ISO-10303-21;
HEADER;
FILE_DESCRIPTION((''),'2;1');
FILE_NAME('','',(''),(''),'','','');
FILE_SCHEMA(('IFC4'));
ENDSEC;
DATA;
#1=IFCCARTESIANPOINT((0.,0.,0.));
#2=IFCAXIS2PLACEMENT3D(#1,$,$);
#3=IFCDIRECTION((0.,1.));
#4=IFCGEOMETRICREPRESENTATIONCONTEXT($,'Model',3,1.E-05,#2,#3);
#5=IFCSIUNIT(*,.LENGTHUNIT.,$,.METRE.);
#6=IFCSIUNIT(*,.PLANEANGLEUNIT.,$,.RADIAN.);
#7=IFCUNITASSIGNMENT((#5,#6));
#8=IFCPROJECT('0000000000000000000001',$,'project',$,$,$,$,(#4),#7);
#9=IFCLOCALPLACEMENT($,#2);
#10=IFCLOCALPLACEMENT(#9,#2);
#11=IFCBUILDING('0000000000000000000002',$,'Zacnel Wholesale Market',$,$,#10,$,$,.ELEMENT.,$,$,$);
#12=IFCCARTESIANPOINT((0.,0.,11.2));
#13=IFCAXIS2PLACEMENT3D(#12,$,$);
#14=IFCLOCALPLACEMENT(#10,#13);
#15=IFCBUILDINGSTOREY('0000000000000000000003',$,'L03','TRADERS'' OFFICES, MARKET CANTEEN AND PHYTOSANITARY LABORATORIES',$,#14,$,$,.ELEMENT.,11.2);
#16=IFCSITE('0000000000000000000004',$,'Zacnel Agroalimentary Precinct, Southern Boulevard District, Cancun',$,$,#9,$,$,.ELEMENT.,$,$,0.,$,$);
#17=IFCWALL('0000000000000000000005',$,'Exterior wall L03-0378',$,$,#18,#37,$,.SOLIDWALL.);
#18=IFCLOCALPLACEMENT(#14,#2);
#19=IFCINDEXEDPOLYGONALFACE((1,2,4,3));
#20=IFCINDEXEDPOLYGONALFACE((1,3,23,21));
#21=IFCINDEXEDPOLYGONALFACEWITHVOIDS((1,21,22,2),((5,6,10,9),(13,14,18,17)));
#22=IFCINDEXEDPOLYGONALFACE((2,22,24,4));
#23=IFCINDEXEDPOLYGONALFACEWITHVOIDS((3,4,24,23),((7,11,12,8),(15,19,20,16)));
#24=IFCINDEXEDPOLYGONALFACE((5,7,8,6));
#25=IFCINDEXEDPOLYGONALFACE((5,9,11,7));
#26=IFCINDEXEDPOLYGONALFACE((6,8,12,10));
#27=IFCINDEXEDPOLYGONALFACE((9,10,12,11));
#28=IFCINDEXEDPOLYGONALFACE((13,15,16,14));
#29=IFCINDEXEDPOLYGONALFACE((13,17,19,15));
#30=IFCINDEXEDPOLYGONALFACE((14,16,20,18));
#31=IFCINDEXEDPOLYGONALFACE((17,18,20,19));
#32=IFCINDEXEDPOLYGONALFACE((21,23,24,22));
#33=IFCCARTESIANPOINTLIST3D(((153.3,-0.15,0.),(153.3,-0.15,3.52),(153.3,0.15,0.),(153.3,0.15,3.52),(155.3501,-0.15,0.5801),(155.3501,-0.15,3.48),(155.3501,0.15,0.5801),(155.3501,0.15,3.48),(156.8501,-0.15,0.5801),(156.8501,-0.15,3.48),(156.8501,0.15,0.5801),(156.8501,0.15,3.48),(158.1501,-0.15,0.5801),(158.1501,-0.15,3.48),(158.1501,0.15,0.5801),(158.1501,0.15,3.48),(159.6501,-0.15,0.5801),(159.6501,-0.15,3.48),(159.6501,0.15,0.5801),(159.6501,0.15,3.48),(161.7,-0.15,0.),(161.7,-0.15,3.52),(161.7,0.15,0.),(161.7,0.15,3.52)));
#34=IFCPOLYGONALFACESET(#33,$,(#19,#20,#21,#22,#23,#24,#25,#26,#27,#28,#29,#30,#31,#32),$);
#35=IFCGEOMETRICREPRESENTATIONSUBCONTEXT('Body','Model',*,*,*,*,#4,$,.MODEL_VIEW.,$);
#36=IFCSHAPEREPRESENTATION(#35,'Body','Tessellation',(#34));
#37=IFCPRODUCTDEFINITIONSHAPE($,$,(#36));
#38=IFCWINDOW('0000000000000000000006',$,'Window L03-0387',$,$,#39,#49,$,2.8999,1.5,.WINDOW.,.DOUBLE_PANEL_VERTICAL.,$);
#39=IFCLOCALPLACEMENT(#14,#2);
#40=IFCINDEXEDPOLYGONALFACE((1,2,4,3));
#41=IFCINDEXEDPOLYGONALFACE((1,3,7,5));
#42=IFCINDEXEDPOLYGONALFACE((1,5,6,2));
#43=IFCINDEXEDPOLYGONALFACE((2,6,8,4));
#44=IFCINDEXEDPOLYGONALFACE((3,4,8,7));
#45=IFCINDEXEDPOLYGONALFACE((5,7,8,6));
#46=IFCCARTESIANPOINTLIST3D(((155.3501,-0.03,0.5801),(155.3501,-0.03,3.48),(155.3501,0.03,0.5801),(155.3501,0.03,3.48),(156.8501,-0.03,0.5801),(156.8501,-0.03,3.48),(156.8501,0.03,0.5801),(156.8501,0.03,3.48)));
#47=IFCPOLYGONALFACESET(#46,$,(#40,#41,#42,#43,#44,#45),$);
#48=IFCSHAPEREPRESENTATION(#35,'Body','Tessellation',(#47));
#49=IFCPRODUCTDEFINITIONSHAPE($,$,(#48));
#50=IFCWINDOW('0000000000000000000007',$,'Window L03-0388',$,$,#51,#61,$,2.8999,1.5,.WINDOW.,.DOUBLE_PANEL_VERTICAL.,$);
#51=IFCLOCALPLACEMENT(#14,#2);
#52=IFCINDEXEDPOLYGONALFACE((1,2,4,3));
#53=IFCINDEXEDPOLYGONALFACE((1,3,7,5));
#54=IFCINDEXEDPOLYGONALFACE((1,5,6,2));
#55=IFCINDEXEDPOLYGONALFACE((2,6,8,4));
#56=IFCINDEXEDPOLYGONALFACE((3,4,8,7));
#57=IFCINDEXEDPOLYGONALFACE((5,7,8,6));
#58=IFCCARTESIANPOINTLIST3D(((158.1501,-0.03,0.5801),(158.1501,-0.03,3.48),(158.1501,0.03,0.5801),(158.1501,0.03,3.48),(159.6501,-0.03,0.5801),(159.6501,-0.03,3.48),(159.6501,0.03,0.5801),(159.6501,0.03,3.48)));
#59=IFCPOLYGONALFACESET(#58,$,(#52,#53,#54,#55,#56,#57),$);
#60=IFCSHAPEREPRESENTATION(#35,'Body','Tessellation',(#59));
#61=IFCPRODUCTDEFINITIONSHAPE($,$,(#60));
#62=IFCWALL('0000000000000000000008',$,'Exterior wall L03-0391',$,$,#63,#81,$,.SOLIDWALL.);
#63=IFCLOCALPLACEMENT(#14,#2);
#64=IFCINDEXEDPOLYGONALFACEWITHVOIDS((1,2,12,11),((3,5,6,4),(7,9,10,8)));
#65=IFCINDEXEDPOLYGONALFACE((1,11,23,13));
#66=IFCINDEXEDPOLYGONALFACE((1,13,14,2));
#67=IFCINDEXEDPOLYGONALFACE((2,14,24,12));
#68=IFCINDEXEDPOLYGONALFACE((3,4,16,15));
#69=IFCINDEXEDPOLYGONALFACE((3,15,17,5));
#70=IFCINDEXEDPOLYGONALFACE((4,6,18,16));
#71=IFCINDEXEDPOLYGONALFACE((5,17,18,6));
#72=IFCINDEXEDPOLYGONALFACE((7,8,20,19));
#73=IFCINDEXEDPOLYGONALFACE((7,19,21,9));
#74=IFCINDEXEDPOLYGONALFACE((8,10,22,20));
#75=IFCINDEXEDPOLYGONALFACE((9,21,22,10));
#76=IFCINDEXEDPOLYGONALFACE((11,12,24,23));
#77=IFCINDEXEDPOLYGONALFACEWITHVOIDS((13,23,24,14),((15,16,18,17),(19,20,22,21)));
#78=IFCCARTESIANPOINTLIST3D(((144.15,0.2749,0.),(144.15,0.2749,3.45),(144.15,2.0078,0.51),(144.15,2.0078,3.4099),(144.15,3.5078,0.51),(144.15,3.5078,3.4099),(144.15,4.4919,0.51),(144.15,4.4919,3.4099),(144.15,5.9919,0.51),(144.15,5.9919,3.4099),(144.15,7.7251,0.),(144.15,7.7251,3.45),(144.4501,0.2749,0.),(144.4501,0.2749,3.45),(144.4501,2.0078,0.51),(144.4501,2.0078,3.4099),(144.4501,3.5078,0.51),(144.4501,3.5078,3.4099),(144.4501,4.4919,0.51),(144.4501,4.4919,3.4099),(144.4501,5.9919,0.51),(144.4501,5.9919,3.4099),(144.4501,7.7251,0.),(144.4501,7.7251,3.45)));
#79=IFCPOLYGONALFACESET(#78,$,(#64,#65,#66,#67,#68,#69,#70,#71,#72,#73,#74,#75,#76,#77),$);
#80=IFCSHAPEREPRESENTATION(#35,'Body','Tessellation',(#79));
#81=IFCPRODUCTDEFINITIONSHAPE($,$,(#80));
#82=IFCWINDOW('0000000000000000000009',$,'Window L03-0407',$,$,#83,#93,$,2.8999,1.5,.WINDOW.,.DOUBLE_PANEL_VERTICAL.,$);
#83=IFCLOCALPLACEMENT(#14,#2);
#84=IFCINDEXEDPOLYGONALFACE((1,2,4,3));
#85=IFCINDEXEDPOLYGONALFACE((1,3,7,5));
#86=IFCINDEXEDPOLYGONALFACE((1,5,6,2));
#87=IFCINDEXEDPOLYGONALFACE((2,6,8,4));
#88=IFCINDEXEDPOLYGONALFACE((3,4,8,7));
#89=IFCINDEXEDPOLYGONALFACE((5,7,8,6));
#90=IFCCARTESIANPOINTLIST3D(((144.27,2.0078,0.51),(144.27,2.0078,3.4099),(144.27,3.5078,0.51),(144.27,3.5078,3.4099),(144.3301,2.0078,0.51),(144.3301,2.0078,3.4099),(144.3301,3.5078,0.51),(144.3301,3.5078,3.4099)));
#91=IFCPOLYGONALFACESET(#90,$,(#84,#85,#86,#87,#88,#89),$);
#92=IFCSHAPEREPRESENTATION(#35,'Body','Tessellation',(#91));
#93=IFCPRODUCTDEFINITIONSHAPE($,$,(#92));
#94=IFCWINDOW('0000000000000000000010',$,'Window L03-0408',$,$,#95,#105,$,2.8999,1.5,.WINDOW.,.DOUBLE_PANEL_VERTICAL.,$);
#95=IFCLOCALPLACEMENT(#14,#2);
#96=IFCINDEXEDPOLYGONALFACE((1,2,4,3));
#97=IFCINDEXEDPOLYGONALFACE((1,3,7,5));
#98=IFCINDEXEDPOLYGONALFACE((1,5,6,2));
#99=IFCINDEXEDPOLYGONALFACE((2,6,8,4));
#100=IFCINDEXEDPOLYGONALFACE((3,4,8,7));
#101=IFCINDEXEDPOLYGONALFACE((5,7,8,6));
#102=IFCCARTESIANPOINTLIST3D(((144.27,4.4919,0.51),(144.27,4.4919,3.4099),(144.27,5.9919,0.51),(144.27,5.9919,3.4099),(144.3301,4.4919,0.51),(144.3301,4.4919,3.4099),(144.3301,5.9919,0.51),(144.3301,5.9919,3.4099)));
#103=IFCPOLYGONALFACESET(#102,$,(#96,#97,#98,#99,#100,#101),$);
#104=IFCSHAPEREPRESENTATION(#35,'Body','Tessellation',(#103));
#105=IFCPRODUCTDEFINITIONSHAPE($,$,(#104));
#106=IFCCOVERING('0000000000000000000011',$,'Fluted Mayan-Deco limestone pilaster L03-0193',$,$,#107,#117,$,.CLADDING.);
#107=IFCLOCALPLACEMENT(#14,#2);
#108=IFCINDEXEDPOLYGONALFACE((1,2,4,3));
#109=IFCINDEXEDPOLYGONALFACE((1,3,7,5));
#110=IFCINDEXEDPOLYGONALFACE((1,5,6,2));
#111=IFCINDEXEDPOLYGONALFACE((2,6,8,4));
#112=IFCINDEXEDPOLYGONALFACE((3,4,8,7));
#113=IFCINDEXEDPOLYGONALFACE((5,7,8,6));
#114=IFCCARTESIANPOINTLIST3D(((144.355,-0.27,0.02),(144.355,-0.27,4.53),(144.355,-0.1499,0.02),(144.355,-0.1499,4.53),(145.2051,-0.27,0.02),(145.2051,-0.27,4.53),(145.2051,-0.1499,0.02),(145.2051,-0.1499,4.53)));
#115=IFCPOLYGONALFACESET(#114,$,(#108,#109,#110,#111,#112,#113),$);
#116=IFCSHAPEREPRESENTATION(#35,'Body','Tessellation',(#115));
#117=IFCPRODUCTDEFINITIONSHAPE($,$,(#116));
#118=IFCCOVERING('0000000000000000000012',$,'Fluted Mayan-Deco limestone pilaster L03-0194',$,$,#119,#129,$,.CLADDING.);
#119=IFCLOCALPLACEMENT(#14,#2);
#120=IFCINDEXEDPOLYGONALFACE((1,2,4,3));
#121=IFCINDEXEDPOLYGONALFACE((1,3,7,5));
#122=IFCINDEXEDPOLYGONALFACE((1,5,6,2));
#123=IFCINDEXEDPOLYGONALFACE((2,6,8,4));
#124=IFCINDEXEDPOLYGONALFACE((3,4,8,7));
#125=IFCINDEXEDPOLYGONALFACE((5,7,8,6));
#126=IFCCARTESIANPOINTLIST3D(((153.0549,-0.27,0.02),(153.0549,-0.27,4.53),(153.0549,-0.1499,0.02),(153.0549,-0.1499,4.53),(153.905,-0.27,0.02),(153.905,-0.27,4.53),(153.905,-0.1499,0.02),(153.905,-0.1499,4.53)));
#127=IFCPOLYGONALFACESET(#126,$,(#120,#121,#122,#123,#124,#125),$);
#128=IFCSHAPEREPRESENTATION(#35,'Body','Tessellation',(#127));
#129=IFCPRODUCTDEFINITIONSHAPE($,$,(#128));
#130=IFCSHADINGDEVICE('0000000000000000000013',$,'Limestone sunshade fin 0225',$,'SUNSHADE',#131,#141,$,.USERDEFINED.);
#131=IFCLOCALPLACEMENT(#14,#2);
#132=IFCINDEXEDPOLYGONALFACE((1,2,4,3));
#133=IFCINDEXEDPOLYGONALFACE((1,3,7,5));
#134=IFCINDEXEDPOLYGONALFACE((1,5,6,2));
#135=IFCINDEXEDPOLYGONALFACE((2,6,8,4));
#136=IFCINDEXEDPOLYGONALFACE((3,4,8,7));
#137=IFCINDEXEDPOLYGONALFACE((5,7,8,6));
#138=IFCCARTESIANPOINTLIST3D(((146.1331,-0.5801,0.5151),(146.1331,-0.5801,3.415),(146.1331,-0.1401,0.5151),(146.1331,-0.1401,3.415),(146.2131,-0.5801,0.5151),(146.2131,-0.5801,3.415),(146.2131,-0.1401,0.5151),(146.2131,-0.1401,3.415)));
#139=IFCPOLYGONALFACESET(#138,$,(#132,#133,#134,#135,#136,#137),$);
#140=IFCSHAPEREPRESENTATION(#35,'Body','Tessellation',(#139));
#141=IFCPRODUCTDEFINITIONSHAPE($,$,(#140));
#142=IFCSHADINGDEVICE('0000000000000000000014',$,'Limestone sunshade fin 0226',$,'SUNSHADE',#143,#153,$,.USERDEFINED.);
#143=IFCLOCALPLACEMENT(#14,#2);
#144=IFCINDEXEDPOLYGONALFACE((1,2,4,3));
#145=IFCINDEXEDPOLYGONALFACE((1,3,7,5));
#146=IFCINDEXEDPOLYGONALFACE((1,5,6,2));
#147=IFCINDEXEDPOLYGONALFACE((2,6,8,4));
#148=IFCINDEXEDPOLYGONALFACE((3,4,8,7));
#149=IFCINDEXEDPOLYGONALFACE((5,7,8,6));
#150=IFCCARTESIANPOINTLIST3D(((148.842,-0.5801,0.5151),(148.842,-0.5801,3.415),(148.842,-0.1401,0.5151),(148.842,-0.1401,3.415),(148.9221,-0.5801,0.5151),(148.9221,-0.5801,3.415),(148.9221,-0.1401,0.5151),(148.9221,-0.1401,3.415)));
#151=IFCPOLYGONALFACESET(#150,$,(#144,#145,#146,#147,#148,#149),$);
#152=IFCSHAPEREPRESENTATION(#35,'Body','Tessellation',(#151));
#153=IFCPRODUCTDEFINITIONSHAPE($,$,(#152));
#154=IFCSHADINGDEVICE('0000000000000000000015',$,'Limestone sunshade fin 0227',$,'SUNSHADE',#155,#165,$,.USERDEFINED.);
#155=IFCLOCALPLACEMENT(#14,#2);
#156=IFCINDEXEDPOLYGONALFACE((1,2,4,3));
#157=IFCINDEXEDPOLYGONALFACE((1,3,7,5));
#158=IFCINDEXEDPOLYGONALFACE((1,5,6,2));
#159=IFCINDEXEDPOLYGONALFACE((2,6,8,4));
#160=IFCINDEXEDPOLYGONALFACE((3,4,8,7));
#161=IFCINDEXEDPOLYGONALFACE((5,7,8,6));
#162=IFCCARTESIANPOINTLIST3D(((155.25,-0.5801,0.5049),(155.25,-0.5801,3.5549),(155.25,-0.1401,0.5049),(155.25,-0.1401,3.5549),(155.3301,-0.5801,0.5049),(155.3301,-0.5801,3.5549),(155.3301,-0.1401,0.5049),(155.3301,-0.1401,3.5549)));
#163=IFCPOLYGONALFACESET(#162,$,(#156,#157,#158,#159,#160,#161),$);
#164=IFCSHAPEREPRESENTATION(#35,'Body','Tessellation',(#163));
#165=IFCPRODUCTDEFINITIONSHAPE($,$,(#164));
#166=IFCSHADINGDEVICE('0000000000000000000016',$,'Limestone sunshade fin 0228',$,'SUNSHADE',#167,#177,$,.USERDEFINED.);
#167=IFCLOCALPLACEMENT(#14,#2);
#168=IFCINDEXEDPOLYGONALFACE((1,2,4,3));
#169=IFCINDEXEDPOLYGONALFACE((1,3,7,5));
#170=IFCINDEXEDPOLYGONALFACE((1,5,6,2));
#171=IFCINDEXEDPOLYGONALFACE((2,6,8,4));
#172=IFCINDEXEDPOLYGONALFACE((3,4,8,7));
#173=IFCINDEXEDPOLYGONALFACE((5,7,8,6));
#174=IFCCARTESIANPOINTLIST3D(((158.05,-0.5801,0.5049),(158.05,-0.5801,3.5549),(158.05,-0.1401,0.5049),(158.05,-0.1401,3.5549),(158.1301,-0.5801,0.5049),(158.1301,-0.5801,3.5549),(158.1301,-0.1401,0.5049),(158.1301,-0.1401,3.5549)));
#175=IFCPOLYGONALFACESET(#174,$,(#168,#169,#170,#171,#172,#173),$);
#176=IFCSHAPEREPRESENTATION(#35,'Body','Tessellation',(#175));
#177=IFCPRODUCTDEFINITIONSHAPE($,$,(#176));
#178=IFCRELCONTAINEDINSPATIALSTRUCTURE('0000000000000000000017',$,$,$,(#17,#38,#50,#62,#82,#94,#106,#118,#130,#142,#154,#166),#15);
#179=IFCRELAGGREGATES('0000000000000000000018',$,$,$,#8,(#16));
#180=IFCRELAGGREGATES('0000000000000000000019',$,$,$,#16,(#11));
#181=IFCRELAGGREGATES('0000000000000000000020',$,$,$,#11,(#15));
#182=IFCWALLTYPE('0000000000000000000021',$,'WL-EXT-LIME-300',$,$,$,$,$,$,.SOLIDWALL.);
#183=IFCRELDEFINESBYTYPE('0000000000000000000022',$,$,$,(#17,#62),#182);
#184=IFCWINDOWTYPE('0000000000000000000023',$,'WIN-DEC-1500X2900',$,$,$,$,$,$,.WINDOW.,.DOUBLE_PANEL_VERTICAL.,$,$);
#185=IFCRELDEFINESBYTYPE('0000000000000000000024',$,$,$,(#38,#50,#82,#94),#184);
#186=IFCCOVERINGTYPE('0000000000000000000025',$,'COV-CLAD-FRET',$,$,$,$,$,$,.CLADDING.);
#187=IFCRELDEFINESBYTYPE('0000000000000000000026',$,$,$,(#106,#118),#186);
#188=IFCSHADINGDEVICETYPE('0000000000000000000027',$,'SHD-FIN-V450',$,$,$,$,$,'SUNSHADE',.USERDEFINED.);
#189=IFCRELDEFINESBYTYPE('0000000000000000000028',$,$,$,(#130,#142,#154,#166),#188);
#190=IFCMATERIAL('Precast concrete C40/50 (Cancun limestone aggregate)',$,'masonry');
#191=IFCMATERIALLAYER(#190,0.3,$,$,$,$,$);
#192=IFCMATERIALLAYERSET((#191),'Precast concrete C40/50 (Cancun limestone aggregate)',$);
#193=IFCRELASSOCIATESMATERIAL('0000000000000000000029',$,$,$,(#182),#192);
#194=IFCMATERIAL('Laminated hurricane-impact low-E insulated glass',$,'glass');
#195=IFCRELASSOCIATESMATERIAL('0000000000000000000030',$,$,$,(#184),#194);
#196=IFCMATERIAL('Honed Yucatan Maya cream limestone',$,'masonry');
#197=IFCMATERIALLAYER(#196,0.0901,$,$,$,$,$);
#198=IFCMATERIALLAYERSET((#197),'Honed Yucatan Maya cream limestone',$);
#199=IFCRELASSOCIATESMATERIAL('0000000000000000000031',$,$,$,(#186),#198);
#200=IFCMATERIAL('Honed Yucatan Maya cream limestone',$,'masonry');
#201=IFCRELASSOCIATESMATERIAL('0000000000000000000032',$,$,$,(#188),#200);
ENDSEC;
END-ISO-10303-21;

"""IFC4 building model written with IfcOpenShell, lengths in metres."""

from ifc_helpers import new_model, si_unit, direction, frame, frame_2d, origin, origin_2d, place, context, subcontext, project, spatial, rectangle, extrude, material, layer, layer_set, type_object, element, fill, save


model = new_model("IFC4")

# Units and contexts
model_context = context("Model", 3, precision=1e-05, world=origin(), true_north=direction((0.0, 1.0)))
body_context = subcontext(model_context, "Body", "Model", "MODEL_VIEW")
ifc_project = project(units=[si_unit("LENGTHUNIT", "METRE"), si_unit("PLANEANGLEUNIT", "RADIAN")], contexts=[model_context])

# Site, building, storey
site_placement = place(None, origin())
site = spatial("IfcSite", under=ifc_project, at=site_placement, Name="Zacnel Agroalimentary Precinct, Southern Boulevard District, Cancun", CompositionType="ELEMENT", RefElevation=0.0)
building_placement = place(site_placement, origin())
building = spatial("IfcBuilding", under=site, at=building_placement, Name="Zacnel Wholesale Market", CompositionType="ELEMENT")
storey_placement = place(building_placement, frame((0.0, 0.0, 11.2)))
storey = spatial("IfcBuildingStorey", under=building, at=storey_placement, Name="L03", Description="TRADERS' OFFICES, MARKET CANTEEN AND PHYTOSANITARY LABORATORIES", CompositionType="ELEMENT", Elevation=11.2)

# Walls, openings, windows
ifc_material_1 = material(Name="Precast concrete C40/50 (Cancun limestone aggregate)", Category="masonry")
ifc_layer_1 = layer(ifc_material_1, 0.3)
ifc_layer_set_1 = layer_set([ifc_layer_1], Name="Precast concrete C40/50 (Cancun limestone aggregate)")
wall_type = type_object("IfcWallType", Name="WL-EXT-LIME-300", PredefinedType="SOLIDWALL", material=ifc_layer_set_1)
wall_1_placement = place(storey_placement, frame((153.3, 0.0, 0.0), z_axis=(0.0, 0.0, 1.0), x_axis=(1.0, 0.0, 0.0)))
wall_1 = element("IfcWall", 1, at=wall_1_placement, inside=storey, type_object=wall_type, Name="Exterior wall L03-0378", PredefinedType="SOLIDWALL", context=body_context, shape_type="SweptSolid", body=[
    extrude(rectangle(XDim=8.3999, YDim=0.3, at=frame_2d((4.2, 0.0))), origin(), (0.0, 0.0, 1.0), 3.52),
])
opening_1_placement = place(wall_1_placement, frame((2.05, 0.0, 0.5801)))
opening_1 = element("IfcOpeningElement", 2, at=opening_1_placement, cuts=wall_1, PredefinedType="OPENING", context=body_context, shape_type="SweptSolid", body=[
    extrude(rectangle(XDim=1.5, YDim=2.8999, at=frame_2d((0.75, 1.45))), frame((0.0, 0.1599, 0.0), z_axis=(0.0, -1.0, 0.0), x_axis=(1.0, 0.0, 0.0)), (0.0, 0.0, 1.0), 0.3201),
])
opening_2_placement = place(wall_1_placement, frame((4.8501, 0.0, 0.5801)))
opening_2 = element("IfcOpeningElement", 3, at=opening_2_placement, cuts=wall_1, PredefinedType="OPENING", context=body_context, shape_type="SweptSolid", body=[
    extrude(rectangle(XDim=1.5, YDim=2.8999, at=frame_2d((0.75, 1.45))), frame((0.0, 0.1599, 0.0), z_axis=(0.0, -1.0, 0.0), x_axis=(1.0, 0.0, 0.0)), (0.0, 0.0, 1.0), 0.3201),
])
ifc_material_2 = material(Name="Laminated hurricane-impact low-E insulated glass", Category="glass")
window_type_1 = type_object("IfcWindowType", Name="WIN-DEC-1500X2900", PartitioningType="DOUBLE_PANEL_VERTICAL", PredefinedType="WINDOW", material=ifc_material_2)
window_1_placement = place(opening_1_placement, origin())
window_1 = element("IfcWindow", 4, at=window_1_placement, inside=storey, type_object=window_type_1, Name="Window L03-0387", OverallHeight=2.8999, OverallWidth=1.5, PartitioningType="DOUBLE_PANEL_VERTICAL", PredefinedType="WINDOW", context=body_context, shape_type="SweptSolid", body=[
    extrude(rectangle(XDim=1.5, YDim=2.8999, at=frame_2d((0.75, 1.45))), frame((0.0, 0.03, 0.0), z_axis=(0.0, -1.0, 0.0), x_axis=(1.0, 0.0, 0.0)), (0.0, 0.0, 1.0), 0.0601),
])
fill(opening_1, window_1)
window_2_placement = place(opening_2_placement, origin())
window_2 = element("IfcWindow", 5, at=window_2_placement, inside=storey, type_object=window_type_1, Name="Window L03-0388", OverallHeight=2.8999, OverallWidth=1.5, PartitioningType="DOUBLE_PANEL_VERTICAL", PredefinedType="WINDOW", context=body_context, shape_type="SweptSolid", body=[
    extrude(rectangle(XDim=1.5, YDim=2.8999, at=frame_2d((0.75, 1.45))), frame((0.0, 0.03, 0.0), z_axis=(0.0, -1.0, 0.0), x_axis=(1.0, 0.0, 0.0)), (0.0, 0.0, 1.0), 0.0601),
])
fill(opening_2, window_2)
wall_2_placement = place(storey_placement, frame((144.3, 0.2749, 0.0), z_axis=(0.0, 0.0, 1.0), x_axis=(0.0, 1.0, 0.0)))
wall_2 = element("IfcWall", 6, at=wall_2_placement, inside=storey, type_object=wall_type, Name="Exterior wall L03-0391", PredefinedType="SOLIDWALL", context=body_context, shape_type="SweptSolid", body=[
    extrude(rectangle(XDim=7.4502, YDim=0.3, at=frame_2d((3.7251, 0.0))), origin(), (0.0, 0.0, 1.0), 3.45),
])
opening_3_placement = place(wall_2_placement, frame((1.7329, 0.0, 0.51)))
opening_3 = element("IfcOpeningElement", 7, at=opening_3_placement, cuts=wall_2, PredefinedType="OPENING", context=body_context, shape_type="SweptSolid", body=[
    extrude(rectangle(XDim=1.5, YDim=2.8999, at=frame_2d((0.75, 1.45))), frame((0.0, 0.1599, 0.0), z_axis=(0.0, -1.0, 0.0), x_axis=(1.0, 0.0, 0.0)), (0.0, 0.0, 1.0), 0.3201),
])
opening_4_placement = place(wall_2_placement, frame((4.217, 0.0, 0.51)))
opening_4 = element("IfcOpeningElement", 8, at=opening_4_placement, cuts=wall_2, PredefinedType="OPENING", context=body_context, shape_type="SweptSolid", body=[
    extrude(rectangle(XDim=1.5, YDim=2.8999, at=frame_2d((0.75, 1.45))), frame((0.0, 0.1599, 0.0), z_axis=(0.0, -1.0, 0.0), x_axis=(1.0, 0.0, 0.0)), (0.0, 0.0, 1.0), 0.3201),
])
window_3_placement = place(opening_3_placement, origin())
window_3 = element("IfcWindow", 9, at=window_3_placement, inside=storey, type_object=window_type_1, Name="Window L03-0407", OverallHeight=2.8999, OverallWidth=1.5, PartitioningType="DOUBLE_PANEL_VERTICAL", PredefinedType="WINDOW", context=body_context, shape_type="SweptSolid", body=[
    extrude(rectangle(XDim=1.5, YDim=2.8999, at=frame_2d((0.75, 1.45))), frame((0.0, 0.03, 0.0), z_axis=(0.0, -1.0, 0.0), x_axis=(1.0, 0.0, 0.0)), (0.0, 0.0, 1.0), 0.0601),
])
fill(opening_3, window_3)
window_4_placement = place(opening_4_placement, origin())
window_4 = element("IfcWindow", 10, at=window_4_placement, inside=storey, type_object=window_type_1, Name="Window L03-0408", OverallHeight=2.8999, OverallWidth=1.5, PartitioningType="DOUBLE_PANEL_VERTICAL", PredefinedType="WINDOW", context=body_context, shape_type="SweptSolid", body=[
    extrude(rectangle(XDim=1.5, YDim=2.8999, at=frame_2d((0.75, 1.45))), frame((0.0, 0.03, 0.0), z_axis=(0.0, -1.0, 0.0), x_axis=(1.0, 0.0, 0.0)), (0.0, 0.0, 1.0), 0.0601),
])
fill(opening_4, window_4)

# Coverings
ifc_material_3 = material(Name="Honed Yucatan Maya cream limestone", Category="masonry")
ifc_layer_2 = layer(ifc_material_3, 0.0901)
ifc_layer_set_2 = layer_set([ifc_layer_2], Name="Honed Yucatan Maya cream limestone")
covering_type = type_object("IfcCoveringType", Name="COV-CLAD-FRET", PredefinedType="CLADDING", material=ifc_layer_set_2)
for number, where, z_axis, x_axis, name in (
    (11, (144.78, -0.21, 0.02), (0.0, 0.0, 1.0), (1.0, 0.0, 0.0), "Fluted Mayan-Deco limestone pilaster L03-0193"),
    (12, (153.48, -0.21, 0.02), (0.0, 0.0, 1.0), (1.0, 0.0, 0.0), "Fluted Mayan-Deco limestone pilaster L03-0194"),
):
    element("IfcCovering", number, at=place(storey_placement, frame(where, z_axis=z_axis, x_axis=x_axis)), inside=storey, type_object=covering_type, Name=name, PredefinedType="CLADDING", context=body_context, shape_type="SweptSolid", body=[
        extrude(rectangle(XDim=0.8501, YDim=0.1201, at=origin_2d()), origin(), (0.0, 0.0, 1.0), 4.51),
    ])

# Shading devices
ifc_material_4 = material(Name="Honed Yucatan Maya cream limestone", Category="masonry")
shading_device_type = type_object("IfcShadingDeviceType", Name="SHD-FIN-V450", ElementType="SUNSHADE", PredefinedType="USERDEFINED", material=ifc_material_4)
for number, where, z_axis, x_axis, name in (
    (13, (146.1731, -0.3601, 0.5151), (0.0, 0.0, 1.0), (1.0, 0.0, 0.0), "Limestone sunshade fin 0225"),
    (14, (148.8821, -0.3601, 0.5151), (0.0, 0.0, 1.0), (1.0, 0.0, 0.0), "Limestone sunshade fin 0226"),
):
    element("IfcShadingDevice", number, at=place(storey_placement, frame(where, z_axis=z_axis, x_axis=x_axis)), inside=storey, type_object=shading_device_type, Name=name, ObjectType="SUNSHADE", PredefinedType="USERDEFINED", context=body_context, shape_type="SweptSolid", body=[
        extrude(rectangle(XDim=0.0801, YDim=0.4399, at=origin_2d()), origin(), (0.0, 0.0, 1.0), 2.8999),
    ])
for number, where, z_axis, x_axis, name in (
    (15, (155.29, -0.3601, 0.5049), (0.0, 0.0, 1.0), (1.0, 0.0, 0.0), "Limestone sunshade fin 0227"),
    (16, (158.0901, -0.3601, 0.5049), (0.0, 0.0, 1.0), (1.0, 0.0, 0.0), "Limestone sunshade fin 0228"),
):
    element("IfcShadingDevice", number, at=place(storey_placement, frame(where, z_axis=z_axis, x_axis=x_axis)), inside=storey, type_object=shading_device_type, Name=name, ObjectType="SUNSHADE", PredefinedType="USERDEFINED", context=body_context, shape_type="SweptSolid", body=[
        extrude(rectangle(XDim=0.0801, YDim=0.4399, at=origin_2d()), origin(), (0.0, 0.0, 1.0), 3.05),
    ])

save(model, "model.ifc")
